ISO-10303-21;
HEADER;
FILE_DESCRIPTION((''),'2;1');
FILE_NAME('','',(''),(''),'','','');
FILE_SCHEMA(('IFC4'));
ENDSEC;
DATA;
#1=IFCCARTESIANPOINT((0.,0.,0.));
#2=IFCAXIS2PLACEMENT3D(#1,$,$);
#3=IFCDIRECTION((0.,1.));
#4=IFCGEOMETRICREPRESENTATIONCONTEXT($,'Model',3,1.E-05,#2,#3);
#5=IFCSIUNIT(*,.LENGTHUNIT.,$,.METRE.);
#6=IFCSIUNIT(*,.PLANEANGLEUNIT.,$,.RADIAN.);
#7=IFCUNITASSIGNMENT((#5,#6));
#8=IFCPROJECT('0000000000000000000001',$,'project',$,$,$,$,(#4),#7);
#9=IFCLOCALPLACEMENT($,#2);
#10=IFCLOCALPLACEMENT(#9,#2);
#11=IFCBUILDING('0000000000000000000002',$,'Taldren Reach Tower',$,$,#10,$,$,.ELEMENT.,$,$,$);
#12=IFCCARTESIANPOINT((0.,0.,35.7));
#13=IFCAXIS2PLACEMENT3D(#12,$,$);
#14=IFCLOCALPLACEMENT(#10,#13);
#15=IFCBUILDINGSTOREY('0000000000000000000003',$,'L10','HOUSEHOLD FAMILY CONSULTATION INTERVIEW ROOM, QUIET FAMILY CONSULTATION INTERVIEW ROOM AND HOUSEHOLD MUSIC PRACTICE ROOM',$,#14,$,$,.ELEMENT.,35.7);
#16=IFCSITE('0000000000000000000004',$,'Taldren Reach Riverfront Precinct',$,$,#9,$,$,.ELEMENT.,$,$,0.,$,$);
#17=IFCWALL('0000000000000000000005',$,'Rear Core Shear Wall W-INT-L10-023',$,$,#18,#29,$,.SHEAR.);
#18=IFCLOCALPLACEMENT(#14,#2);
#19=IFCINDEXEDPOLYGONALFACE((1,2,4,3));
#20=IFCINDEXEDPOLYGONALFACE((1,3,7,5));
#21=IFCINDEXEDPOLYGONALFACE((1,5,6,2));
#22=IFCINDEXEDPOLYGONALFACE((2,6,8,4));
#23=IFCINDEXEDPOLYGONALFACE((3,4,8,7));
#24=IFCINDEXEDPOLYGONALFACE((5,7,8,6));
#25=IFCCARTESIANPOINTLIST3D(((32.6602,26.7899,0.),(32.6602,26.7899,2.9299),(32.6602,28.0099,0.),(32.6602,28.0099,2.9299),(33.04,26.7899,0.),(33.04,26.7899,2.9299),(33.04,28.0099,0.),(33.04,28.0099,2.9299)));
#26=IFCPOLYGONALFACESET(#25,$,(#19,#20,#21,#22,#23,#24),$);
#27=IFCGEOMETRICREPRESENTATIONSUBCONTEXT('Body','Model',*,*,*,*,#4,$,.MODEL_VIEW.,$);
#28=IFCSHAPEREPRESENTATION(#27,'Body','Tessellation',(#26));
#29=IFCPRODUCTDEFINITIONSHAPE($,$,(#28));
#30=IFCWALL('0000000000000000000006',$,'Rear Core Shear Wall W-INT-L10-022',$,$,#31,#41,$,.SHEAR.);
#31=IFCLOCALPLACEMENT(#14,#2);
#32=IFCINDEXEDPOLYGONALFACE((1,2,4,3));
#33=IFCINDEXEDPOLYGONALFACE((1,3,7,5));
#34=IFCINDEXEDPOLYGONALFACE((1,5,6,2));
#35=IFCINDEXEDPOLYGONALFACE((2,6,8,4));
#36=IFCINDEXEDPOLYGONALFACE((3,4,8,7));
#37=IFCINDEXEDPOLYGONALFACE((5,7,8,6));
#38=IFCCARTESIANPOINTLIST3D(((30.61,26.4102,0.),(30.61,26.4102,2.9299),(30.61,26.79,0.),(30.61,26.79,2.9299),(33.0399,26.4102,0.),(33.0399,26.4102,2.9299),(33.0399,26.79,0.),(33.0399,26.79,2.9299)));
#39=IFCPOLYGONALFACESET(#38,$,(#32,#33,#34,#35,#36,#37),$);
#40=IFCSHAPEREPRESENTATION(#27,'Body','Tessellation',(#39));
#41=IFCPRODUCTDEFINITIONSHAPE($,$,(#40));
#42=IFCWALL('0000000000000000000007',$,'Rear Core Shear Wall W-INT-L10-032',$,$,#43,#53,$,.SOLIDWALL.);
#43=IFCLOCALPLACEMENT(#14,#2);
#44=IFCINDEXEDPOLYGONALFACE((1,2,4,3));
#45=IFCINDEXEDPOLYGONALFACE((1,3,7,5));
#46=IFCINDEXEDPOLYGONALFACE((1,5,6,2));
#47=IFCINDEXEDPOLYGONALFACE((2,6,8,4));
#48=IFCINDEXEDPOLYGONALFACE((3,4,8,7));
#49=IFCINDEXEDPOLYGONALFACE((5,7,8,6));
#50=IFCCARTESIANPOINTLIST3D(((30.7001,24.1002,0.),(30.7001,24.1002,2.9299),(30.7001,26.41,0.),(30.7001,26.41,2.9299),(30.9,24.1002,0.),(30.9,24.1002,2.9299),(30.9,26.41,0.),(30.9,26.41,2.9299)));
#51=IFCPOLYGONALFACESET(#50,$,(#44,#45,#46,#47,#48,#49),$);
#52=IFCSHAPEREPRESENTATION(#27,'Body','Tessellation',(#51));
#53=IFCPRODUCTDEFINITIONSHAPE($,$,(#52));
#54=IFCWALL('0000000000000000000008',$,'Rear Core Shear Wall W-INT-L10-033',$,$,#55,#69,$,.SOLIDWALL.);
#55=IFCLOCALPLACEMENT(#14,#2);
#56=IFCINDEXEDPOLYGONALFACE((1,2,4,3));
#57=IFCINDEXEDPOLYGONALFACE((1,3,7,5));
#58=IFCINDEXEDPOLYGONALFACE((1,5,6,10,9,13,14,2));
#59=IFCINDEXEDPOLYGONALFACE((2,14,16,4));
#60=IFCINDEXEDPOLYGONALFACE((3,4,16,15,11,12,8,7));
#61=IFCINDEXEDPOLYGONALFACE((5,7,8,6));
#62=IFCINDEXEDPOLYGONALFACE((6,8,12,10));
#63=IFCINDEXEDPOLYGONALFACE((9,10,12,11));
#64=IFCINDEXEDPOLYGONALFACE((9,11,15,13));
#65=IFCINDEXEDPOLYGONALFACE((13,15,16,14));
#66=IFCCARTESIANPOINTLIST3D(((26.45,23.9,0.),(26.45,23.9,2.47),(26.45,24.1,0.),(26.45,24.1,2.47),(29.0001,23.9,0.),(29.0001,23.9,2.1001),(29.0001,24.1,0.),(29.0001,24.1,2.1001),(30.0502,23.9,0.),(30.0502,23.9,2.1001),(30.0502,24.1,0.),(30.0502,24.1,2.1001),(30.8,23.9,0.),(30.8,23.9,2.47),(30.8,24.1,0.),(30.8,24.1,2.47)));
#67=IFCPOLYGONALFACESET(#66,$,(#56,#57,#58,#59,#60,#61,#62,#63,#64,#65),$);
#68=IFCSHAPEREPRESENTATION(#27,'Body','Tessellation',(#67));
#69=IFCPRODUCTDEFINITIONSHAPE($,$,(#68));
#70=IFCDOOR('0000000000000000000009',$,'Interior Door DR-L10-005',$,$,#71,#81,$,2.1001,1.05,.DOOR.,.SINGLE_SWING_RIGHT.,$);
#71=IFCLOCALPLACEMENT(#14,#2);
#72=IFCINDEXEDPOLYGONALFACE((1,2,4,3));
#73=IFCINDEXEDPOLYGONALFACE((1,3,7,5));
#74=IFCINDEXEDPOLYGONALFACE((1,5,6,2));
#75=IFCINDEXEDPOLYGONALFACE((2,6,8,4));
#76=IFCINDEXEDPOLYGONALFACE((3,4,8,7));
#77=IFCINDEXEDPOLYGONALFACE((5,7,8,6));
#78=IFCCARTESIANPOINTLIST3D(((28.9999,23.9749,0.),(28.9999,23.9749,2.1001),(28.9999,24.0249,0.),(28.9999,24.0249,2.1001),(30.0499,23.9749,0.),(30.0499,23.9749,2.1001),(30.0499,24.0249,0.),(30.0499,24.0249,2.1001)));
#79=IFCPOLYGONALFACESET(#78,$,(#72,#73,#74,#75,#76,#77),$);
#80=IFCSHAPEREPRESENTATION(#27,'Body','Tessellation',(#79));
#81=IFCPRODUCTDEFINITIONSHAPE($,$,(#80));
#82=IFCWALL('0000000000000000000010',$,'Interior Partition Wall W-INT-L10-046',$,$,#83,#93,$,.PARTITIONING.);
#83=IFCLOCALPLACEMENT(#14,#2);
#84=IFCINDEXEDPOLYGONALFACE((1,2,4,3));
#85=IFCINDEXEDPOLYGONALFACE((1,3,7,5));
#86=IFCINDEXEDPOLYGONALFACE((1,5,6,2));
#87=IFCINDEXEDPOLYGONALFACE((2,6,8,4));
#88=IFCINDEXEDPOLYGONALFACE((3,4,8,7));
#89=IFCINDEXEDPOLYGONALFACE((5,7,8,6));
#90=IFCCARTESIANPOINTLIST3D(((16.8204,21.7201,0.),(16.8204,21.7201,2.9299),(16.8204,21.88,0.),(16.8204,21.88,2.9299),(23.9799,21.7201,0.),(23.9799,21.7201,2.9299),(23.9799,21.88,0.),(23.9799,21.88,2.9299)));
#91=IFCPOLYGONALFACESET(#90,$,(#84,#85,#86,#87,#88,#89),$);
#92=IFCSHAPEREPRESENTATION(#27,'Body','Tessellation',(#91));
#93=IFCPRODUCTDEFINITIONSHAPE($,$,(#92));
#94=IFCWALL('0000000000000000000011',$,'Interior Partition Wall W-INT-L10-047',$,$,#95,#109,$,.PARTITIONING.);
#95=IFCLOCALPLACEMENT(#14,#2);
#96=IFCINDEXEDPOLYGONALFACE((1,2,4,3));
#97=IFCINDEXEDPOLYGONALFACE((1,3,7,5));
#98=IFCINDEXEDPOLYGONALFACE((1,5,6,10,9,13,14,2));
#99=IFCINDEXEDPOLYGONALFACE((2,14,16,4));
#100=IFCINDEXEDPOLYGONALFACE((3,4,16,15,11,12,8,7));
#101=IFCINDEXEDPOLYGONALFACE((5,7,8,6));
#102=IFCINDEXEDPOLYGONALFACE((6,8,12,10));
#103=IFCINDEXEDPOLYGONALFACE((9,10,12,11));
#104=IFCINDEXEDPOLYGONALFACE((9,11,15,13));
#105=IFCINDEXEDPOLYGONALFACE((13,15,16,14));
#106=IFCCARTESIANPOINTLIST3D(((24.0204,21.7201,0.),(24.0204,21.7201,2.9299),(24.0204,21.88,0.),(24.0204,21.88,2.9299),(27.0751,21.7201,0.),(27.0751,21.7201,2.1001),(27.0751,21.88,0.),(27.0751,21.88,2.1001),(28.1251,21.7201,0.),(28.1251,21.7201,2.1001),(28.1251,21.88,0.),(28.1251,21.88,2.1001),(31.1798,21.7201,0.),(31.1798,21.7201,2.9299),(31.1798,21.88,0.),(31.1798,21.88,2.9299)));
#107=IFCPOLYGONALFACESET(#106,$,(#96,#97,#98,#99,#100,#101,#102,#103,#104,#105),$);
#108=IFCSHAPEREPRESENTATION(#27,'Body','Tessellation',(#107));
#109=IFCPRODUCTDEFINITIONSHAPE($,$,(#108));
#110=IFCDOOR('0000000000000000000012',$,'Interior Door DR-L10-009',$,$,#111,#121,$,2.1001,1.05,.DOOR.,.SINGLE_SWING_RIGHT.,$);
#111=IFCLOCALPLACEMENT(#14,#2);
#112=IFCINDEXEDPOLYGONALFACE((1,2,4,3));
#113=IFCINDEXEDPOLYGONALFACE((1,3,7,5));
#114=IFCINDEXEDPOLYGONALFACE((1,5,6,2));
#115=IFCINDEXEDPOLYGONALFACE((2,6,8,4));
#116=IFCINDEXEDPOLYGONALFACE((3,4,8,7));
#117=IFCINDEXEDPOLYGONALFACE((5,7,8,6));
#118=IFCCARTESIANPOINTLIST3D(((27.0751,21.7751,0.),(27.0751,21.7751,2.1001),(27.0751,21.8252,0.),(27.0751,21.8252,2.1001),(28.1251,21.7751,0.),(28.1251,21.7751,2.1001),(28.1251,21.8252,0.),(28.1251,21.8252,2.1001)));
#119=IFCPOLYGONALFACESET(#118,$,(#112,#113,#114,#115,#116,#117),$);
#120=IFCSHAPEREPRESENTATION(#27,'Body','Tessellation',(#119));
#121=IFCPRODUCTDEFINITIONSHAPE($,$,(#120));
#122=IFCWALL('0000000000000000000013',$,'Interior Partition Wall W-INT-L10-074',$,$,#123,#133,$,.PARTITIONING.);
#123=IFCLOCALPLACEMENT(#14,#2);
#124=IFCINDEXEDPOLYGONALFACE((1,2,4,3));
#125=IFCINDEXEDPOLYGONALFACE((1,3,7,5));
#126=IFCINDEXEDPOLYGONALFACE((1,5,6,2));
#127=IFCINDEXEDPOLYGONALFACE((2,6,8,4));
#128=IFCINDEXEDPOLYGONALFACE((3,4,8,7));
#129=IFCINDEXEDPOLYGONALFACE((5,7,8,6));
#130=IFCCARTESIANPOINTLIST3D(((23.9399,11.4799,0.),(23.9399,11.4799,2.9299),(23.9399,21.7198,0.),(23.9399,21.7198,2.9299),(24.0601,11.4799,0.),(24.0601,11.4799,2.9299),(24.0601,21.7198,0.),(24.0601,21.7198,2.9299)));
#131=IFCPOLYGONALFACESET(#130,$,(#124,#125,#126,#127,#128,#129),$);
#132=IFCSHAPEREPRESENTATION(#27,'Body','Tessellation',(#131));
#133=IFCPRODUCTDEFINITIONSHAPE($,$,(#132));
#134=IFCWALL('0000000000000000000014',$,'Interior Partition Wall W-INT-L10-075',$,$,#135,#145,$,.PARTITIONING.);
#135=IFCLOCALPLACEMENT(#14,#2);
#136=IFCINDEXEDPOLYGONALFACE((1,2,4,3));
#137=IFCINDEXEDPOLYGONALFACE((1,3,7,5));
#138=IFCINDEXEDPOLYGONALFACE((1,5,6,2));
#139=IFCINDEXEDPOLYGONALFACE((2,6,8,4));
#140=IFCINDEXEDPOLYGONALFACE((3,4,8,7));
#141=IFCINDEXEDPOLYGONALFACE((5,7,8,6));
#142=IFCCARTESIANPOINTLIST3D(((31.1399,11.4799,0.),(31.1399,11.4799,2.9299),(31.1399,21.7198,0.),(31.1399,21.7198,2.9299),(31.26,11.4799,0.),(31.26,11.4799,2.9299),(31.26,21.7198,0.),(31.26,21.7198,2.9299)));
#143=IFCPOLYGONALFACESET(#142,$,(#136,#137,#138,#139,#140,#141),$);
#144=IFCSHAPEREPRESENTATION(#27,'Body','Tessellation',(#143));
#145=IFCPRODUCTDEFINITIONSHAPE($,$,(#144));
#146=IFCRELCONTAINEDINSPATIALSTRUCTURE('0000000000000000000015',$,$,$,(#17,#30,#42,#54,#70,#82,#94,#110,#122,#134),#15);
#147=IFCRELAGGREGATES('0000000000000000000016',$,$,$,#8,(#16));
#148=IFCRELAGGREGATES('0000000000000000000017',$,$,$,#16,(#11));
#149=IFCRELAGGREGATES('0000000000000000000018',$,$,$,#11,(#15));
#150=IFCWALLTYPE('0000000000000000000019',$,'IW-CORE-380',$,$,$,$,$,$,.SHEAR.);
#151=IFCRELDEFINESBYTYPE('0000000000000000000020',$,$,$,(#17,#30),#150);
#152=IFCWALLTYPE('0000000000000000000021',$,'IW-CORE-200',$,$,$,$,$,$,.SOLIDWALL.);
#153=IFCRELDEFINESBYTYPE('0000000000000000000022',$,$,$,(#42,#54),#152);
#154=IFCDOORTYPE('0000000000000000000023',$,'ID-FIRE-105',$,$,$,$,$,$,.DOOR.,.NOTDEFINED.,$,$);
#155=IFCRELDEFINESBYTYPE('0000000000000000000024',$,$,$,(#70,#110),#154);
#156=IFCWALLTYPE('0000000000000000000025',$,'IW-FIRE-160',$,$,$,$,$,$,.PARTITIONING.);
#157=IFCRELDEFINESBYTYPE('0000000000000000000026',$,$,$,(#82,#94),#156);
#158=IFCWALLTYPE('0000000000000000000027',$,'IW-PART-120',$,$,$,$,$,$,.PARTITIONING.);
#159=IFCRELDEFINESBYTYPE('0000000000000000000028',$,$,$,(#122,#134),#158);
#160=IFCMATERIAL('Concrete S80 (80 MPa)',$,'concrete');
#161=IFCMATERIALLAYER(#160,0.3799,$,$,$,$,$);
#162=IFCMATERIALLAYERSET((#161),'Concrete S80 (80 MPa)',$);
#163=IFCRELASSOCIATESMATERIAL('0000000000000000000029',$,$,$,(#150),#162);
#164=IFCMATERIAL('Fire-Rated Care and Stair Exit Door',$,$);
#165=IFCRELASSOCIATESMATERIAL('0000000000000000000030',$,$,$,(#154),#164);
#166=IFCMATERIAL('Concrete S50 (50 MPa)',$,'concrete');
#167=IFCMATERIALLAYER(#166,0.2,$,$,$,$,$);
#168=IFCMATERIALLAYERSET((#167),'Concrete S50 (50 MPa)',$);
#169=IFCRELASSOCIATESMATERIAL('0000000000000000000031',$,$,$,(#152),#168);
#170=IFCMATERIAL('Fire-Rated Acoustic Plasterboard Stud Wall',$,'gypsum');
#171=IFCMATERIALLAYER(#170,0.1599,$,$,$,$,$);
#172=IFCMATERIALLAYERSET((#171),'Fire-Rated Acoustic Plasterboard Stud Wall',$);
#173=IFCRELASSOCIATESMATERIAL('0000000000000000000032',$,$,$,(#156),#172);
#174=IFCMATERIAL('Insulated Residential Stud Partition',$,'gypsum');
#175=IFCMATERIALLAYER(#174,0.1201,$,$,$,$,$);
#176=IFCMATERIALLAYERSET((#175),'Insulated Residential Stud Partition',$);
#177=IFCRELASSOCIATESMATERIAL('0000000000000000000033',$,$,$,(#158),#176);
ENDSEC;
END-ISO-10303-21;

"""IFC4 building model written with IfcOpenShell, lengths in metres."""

from ifc_helpers import new_model, si_unit, direction, frame, frame_2d, origin, place, context, subcontext, project, spatial, rectangle, extrude, source, transform, mapped, material, layer, layer_set, type_object, element, fill, save


model = new_model("IFC4")

# Units and contexts
model_context = context("Model", 3, precision=1e-05, world=origin(), true_north=direction((0.0, 1.0)))
body_context = subcontext(model_context, "Body", "Model", "MODEL_VIEW")
ifc_project = project(units=[si_unit("LENGTHUNIT", "METRE"), si_unit("PLANEANGLEUNIT", "RADIAN")], contexts=[model_context])

# Site, building, storey
site_placement = place(None, origin())
site = spatial("IfcSite", under=ifc_project, at=site_placement, Name="Taldren Reach Riverfront Precinct", CompositionType="ELEMENT", RefElevation=0.0)
building_placement = place(site_placement, origin())
building = spatial("IfcBuilding", under=site, at=building_placement, Name="Taldren Reach Tower", CompositionType="ELEMENT")
storey_placement = place(building_placement, frame((0.0, 0.0, 35.7)))
storey = spatial("IfcBuildingStorey", under=building, at=storey_placement, Name="L10", Description="HOUSEHOLD FAMILY CONSULTATION INTERVIEW ROOM, QUIET FAMILY CONSULTATION INTERVIEW ROOM AND HOUSEHOLD MUSIC PRACTICE ROOM", CompositionType="ELEMENT", Elevation=35.7)

# Shared definitions
ifc_material_1 = material(Name="Concrete S80 (80 MPa)", Category="concrete")
ifc_layer_1 = layer(ifc_material_1, 0.3799)
ifc_layer_set_1 = layer_set([ifc_layer_1], Name="Concrete S80 (80 MPa)")
wall_type_1 = type_object("IfcWallType", Name="IW-CORE-380", PredefinedType="SHEAR", material=ifc_layer_set_1)
ifc_material_2 = material(Name="Fire-Rated Care and Stair Exit Door")
door_type = type_object("IfcDoorType", Name="ID-FIRE-105", OperationType="NOTDEFINED", PredefinedType="DOOR", material=ifc_material_2)
shared_shape_1 = source(origin(), body_context, "Body", "SweptSolid", [
    extrude(rectangle(XDim=1.05, YDim=2.1001, at=frame_2d((0.5249, 1.05))), frame((0.0, 0.0249, 0.0), z_axis=(0.0, -1.0, 0.0), x_axis=(1.0, 0.0, 0.0)), (0.0, 0.0, 1.0), 0.05),
])

# Shared definitions
ifc_material_3 = material(Name="Concrete S50 (50 MPa)", Category="concrete")
ifc_layer_2 = layer(ifc_material_3, 0.2)
ifc_layer_set_2 = layer_set([ifc_layer_2], Name="Concrete S50 (50 MPa)")
wall_type_2 = type_object("IfcWallType", Name="IW-CORE-200", PredefinedType="SOLIDWALL", material=ifc_layer_set_2)

# Shared definitions
shared_shape_2 = source(origin(), body_context, "Body", "SweptSolid", [
    extrude(rectangle(XDim=1.05, YDim=2.1001, at=frame_2d((0.5249, 1.05))), frame((0.0, 0.1099, 0.0), z_axis=(0.0, -1.0, 0.0), x_axis=(1.0, 0.0, 0.0)), (0.0, 0.0, 1.0), 0.22),
])

# Walls
shared_shape_3 = source(origin(), body_context, "Body", "SweptSolid", [
    extrude(rectangle(XDim=1.22, YDim=0.3799, at=frame_2d((0.6099, 0.0))), origin(), (0.0, 0.0, 1.0), 2.9299),
])
wall_1_placement = place(storey_placement, frame((32.8501, 26.79, 0.0), z_axis=(0.0, 0.0, 1.0), x_axis=(0.0, 1.0, 0.0)))
element("IfcWall", 1, at=wall_1_placement, inside=storey, type_object=wall_type_1, Name="Rear Core Shear Wall W-INT-L10-023", PredefinedType="SHEAR", context=body_context, shape_type="MappedRepresentation", body=[
    mapped(shared_shape_3, transform((0.0, 0.0, 0.0), scale=1.0)),
])
shared_shape_4 = source(origin(), body_context, "Body", "SweptSolid", [
    extrude(rectangle(XDim=2.4299, YDim=0.3799, at=frame_2d((1.2148, 0.0))), origin(), (0.0, 0.0, 1.0), 2.9299),
])
wall_2_placement = place(storey_placement, frame((30.6101, 26.6001, 0.0), z_axis=(0.0, 0.0, 1.0), x_axis=(1.0, 0.0, 0.0)))
element("IfcWall", 2, at=wall_2_placement, inside=storey, type_object=wall_type_1, Name="Rear Core Shear Wall W-INT-L10-022", PredefinedType="SHEAR", context=body_context, shape_type="MappedRepresentation", body=[
    mapped(shared_shape_4, transform((0.0, 0.0, 0.0), scale=1.0)),
])
shared_shape_5 = source(origin(), body_context, "Body", "SweptSolid", [
    extrude(rectangle(XDim=2.3098, YDim=0.2, at=frame_2d((1.1548, 0.0))), origin(), (0.0, 0.0, 1.0), 2.9299),
])
wall_3_placement = place(storey_placement, frame((30.8, 26.4099, 0.0), z_axis=(0.0, 0.0, 1.0), x_axis=(0.0, -1.0, 0.0)))
element("IfcWall", 3, at=wall_3_placement, inside=storey, type_object=wall_type_2, Name="Rear Core Shear Wall W-INT-L10-032", PredefinedType="SOLIDWALL", context=body_context, shape_type="MappedRepresentation", body=[
    mapped(shared_shape_5, transform((0.0, 0.0, 0.0), scale=1.0)),
])

# Wall, opening, door
shared_shape_6 = source(origin(), body_context, "Body", "SweptSolid", [
    extrude(rectangle(XDim=4.3501, YDim=0.2, at=frame_2d((2.175, 0.0))), origin(), (0.0, 0.0, 1.0), 2.47),
])
wall_4_placement = place(storey_placement, frame((30.8, 24.0, 0.0), z_axis=(0.0, 0.0, 1.0), x_axis=(-1.0, 0.0, 0.0)))
wall_4 = element("IfcWall", 4, at=wall_4_placement, inside=storey, type_object=wall_type_2, Name="Rear Core Shear Wall W-INT-L10-033", PredefinedType="SOLIDWALL", context=body_context, shape_type="MappedRepresentation", body=[
    mapped(shared_shape_6, transform((0.0, 0.0, 0.0), scale=1.0)),
])
opening_1_placement = place(wall_4_placement, frame((0.75, 0.0, 0.0)))
opening_1 = element("IfcOpeningElement", 5, at=opening_1_placement, cuts=wall_4, PredefinedType="OPENING", context=body_context, shape_type="MappedRepresentation", body=[
    mapped(shared_shape_2, transform((0.0, 0.0, 0.0), scale=1.0)),
])
door_1_placement = place(opening_1_placement, frame((1.05, 0.0, 0.0), z_axis=(0.0, 0.0, 1.0), x_axis=(-1.0, 0.0, 0.0)))
door_1 = element("IfcDoor", 6, at=door_1_placement, inside=storey, type_object=door_type, Name="Interior Door DR-L10-005", OperationType="SINGLE_SWING_RIGHT", OverallHeight=2.1001, OverallWidth=1.05, PredefinedType="DOOR", context=body_context, shape_type="MappedRepresentation", body=[
    mapped(shared_shape_1, transform((0.0, 0.0, 0.0), scale=1.0)),
])
fill(opening_1, door_1)

# Wall
ifc_material_4 = material(Name="Fire-Rated Acoustic Plasterboard Stud Wall", Category="gypsum")
ifc_layer_3 = layer(ifc_material_4, 0.1599)
ifc_layer_set_3 = layer_set([ifc_layer_3], Name="Fire-Rated Acoustic Plasterboard Stud Wall")
wall_type_3 = type_object("IfcWallType", Name="IW-FIRE-160", PredefinedType="PARTITIONING", material=ifc_layer_set_3)
shared_shape_7 = source(origin(), body_context, "Body", "SweptSolid", [
    extrude(rectangle(XDim=7.1594, YDim=0.1599, at=frame_2d((3.5796, 0.0))), origin(), (0.0, 0.0, 1.0), 2.9299),
])
wall_5_placement = place(storey_placement, frame((23.9797, 21.8, 0.0), z_axis=(0.0, 0.0, 1.0), x_axis=(-1.0, 0.0, 0.0)))
element("IfcWall", 7, at=wall_5_placement, inside=storey, type_object=wall_type_3, Name="Interior Partition Wall W-INT-L10-046", PredefinedType="PARTITIONING", context=body_context, shape_type="MappedRepresentation", body=[
    mapped(shared_shape_7, transform((0.0, 0.0, 0.0), scale=1.0)),
])

# Wall, opening, door
wall_6_placement = place(storey_placement, frame((31.1797, 21.8, 0.0), z_axis=(0.0, 0.0, 1.0), x_axis=(-1.0, 0.0, 0.0)))
wall_6 = element("IfcWall", 8, at=wall_6_placement, inside=storey, type_object=wall_type_3, Name="Interior Partition Wall W-INT-L10-047", PredefinedType="PARTITIONING", context=body_context, shape_type="MappedRepresentation", body=[
    mapped(shared_shape_7, transform((0.0, 0.0, 0.0), scale=1.0)),
])
shared_shape_8 = source(origin(), body_context, "Body", "SweptSolid", [
    extrude(rectangle(XDim=1.05, YDim=2.1001, at=frame_2d((0.5249, 1.05))), frame((0.0, 0.0898, 0.0), z_axis=(0.0, -1.0, 0.0), x_axis=(1.0, 0.0, 0.0)), (0.0, 0.0, 1.0), 0.1799),
])
opening_2_placement = place(wall_6_placement, frame((3.0547, 0.0, 0.0)))
opening_2 = element("IfcOpeningElement", 9, at=opening_2_placement, cuts=wall_6, PredefinedType="OPENING", context=body_context, shape_type="MappedRepresentation", body=[
    mapped(shared_shape_8, transform((0.0, 0.0, 0.0), scale=1.0)),
])
door_2_placement = place(opening_2_placement, origin())
door_2 = element("IfcDoor", 10, at=door_2_placement, inside=storey, type_object=door_type, Name="Interior Door DR-L10-009", OperationType="SINGLE_SWING_RIGHT", OverallHeight=2.1001, OverallWidth=1.05, PredefinedType="DOOR", context=body_context, shape_type="MappedRepresentation", body=[
    mapped(shared_shape_1, transform((0.0, 0.0, 0.0), scale=1.0)),
])
fill(opening_2, door_2)

# Walls
ifc_material_5 = material(Name="Insulated Residential Stud Partition", Category="gypsum")
ifc_layer_4 = layer(ifc_material_5, 0.1201)
ifc_layer_set_4 = layer_set([ifc_layer_4], Name="Insulated Residential Stud Partition")
wall_type_4 = type_object("IfcWallType", Name="IW-PART-120", PredefinedType="PARTITIONING", material=ifc_layer_set_4)
shared_shape_9 = source(origin(), body_context, "Body", "SweptSolid", [
    extrude(rectangle(XDim=10.24, YDim=0.1201, at=frame_2d((5.1201, 0.0))), origin(), (0.0, 0.0, 1.0), 2.9299),
])
for number, where, z_axis, x_axis, name in (
    (11, (24.0, 21.72, 0.0), (0.0, 0.0, 1.0), (0.0, -1.0, 0.0), "Interior Partition Wall W-INT-L10-074"),
    (12, (31.2, 21.72, 0.0), (0.0, 0.0, 1.0), (0.0, -1.0, 0.0), "Interior Partition Wall W-INT-L10-075"),
):
    element("IfcWall", number, at=place(storey_placement, frame(where, z_axis=z_axis, x_axis=x_axis)), inside=storey, type_object=wall_type_4, Name=name, PredefinedType="PARTITIONING", context=body_context, shape_type="MappedRepresentation", body=[
        mapped(shared_shape_9, transform((0.0, 0.0, 0.0), scale=1.0)),
    ])

save(model, "model.ifc")
